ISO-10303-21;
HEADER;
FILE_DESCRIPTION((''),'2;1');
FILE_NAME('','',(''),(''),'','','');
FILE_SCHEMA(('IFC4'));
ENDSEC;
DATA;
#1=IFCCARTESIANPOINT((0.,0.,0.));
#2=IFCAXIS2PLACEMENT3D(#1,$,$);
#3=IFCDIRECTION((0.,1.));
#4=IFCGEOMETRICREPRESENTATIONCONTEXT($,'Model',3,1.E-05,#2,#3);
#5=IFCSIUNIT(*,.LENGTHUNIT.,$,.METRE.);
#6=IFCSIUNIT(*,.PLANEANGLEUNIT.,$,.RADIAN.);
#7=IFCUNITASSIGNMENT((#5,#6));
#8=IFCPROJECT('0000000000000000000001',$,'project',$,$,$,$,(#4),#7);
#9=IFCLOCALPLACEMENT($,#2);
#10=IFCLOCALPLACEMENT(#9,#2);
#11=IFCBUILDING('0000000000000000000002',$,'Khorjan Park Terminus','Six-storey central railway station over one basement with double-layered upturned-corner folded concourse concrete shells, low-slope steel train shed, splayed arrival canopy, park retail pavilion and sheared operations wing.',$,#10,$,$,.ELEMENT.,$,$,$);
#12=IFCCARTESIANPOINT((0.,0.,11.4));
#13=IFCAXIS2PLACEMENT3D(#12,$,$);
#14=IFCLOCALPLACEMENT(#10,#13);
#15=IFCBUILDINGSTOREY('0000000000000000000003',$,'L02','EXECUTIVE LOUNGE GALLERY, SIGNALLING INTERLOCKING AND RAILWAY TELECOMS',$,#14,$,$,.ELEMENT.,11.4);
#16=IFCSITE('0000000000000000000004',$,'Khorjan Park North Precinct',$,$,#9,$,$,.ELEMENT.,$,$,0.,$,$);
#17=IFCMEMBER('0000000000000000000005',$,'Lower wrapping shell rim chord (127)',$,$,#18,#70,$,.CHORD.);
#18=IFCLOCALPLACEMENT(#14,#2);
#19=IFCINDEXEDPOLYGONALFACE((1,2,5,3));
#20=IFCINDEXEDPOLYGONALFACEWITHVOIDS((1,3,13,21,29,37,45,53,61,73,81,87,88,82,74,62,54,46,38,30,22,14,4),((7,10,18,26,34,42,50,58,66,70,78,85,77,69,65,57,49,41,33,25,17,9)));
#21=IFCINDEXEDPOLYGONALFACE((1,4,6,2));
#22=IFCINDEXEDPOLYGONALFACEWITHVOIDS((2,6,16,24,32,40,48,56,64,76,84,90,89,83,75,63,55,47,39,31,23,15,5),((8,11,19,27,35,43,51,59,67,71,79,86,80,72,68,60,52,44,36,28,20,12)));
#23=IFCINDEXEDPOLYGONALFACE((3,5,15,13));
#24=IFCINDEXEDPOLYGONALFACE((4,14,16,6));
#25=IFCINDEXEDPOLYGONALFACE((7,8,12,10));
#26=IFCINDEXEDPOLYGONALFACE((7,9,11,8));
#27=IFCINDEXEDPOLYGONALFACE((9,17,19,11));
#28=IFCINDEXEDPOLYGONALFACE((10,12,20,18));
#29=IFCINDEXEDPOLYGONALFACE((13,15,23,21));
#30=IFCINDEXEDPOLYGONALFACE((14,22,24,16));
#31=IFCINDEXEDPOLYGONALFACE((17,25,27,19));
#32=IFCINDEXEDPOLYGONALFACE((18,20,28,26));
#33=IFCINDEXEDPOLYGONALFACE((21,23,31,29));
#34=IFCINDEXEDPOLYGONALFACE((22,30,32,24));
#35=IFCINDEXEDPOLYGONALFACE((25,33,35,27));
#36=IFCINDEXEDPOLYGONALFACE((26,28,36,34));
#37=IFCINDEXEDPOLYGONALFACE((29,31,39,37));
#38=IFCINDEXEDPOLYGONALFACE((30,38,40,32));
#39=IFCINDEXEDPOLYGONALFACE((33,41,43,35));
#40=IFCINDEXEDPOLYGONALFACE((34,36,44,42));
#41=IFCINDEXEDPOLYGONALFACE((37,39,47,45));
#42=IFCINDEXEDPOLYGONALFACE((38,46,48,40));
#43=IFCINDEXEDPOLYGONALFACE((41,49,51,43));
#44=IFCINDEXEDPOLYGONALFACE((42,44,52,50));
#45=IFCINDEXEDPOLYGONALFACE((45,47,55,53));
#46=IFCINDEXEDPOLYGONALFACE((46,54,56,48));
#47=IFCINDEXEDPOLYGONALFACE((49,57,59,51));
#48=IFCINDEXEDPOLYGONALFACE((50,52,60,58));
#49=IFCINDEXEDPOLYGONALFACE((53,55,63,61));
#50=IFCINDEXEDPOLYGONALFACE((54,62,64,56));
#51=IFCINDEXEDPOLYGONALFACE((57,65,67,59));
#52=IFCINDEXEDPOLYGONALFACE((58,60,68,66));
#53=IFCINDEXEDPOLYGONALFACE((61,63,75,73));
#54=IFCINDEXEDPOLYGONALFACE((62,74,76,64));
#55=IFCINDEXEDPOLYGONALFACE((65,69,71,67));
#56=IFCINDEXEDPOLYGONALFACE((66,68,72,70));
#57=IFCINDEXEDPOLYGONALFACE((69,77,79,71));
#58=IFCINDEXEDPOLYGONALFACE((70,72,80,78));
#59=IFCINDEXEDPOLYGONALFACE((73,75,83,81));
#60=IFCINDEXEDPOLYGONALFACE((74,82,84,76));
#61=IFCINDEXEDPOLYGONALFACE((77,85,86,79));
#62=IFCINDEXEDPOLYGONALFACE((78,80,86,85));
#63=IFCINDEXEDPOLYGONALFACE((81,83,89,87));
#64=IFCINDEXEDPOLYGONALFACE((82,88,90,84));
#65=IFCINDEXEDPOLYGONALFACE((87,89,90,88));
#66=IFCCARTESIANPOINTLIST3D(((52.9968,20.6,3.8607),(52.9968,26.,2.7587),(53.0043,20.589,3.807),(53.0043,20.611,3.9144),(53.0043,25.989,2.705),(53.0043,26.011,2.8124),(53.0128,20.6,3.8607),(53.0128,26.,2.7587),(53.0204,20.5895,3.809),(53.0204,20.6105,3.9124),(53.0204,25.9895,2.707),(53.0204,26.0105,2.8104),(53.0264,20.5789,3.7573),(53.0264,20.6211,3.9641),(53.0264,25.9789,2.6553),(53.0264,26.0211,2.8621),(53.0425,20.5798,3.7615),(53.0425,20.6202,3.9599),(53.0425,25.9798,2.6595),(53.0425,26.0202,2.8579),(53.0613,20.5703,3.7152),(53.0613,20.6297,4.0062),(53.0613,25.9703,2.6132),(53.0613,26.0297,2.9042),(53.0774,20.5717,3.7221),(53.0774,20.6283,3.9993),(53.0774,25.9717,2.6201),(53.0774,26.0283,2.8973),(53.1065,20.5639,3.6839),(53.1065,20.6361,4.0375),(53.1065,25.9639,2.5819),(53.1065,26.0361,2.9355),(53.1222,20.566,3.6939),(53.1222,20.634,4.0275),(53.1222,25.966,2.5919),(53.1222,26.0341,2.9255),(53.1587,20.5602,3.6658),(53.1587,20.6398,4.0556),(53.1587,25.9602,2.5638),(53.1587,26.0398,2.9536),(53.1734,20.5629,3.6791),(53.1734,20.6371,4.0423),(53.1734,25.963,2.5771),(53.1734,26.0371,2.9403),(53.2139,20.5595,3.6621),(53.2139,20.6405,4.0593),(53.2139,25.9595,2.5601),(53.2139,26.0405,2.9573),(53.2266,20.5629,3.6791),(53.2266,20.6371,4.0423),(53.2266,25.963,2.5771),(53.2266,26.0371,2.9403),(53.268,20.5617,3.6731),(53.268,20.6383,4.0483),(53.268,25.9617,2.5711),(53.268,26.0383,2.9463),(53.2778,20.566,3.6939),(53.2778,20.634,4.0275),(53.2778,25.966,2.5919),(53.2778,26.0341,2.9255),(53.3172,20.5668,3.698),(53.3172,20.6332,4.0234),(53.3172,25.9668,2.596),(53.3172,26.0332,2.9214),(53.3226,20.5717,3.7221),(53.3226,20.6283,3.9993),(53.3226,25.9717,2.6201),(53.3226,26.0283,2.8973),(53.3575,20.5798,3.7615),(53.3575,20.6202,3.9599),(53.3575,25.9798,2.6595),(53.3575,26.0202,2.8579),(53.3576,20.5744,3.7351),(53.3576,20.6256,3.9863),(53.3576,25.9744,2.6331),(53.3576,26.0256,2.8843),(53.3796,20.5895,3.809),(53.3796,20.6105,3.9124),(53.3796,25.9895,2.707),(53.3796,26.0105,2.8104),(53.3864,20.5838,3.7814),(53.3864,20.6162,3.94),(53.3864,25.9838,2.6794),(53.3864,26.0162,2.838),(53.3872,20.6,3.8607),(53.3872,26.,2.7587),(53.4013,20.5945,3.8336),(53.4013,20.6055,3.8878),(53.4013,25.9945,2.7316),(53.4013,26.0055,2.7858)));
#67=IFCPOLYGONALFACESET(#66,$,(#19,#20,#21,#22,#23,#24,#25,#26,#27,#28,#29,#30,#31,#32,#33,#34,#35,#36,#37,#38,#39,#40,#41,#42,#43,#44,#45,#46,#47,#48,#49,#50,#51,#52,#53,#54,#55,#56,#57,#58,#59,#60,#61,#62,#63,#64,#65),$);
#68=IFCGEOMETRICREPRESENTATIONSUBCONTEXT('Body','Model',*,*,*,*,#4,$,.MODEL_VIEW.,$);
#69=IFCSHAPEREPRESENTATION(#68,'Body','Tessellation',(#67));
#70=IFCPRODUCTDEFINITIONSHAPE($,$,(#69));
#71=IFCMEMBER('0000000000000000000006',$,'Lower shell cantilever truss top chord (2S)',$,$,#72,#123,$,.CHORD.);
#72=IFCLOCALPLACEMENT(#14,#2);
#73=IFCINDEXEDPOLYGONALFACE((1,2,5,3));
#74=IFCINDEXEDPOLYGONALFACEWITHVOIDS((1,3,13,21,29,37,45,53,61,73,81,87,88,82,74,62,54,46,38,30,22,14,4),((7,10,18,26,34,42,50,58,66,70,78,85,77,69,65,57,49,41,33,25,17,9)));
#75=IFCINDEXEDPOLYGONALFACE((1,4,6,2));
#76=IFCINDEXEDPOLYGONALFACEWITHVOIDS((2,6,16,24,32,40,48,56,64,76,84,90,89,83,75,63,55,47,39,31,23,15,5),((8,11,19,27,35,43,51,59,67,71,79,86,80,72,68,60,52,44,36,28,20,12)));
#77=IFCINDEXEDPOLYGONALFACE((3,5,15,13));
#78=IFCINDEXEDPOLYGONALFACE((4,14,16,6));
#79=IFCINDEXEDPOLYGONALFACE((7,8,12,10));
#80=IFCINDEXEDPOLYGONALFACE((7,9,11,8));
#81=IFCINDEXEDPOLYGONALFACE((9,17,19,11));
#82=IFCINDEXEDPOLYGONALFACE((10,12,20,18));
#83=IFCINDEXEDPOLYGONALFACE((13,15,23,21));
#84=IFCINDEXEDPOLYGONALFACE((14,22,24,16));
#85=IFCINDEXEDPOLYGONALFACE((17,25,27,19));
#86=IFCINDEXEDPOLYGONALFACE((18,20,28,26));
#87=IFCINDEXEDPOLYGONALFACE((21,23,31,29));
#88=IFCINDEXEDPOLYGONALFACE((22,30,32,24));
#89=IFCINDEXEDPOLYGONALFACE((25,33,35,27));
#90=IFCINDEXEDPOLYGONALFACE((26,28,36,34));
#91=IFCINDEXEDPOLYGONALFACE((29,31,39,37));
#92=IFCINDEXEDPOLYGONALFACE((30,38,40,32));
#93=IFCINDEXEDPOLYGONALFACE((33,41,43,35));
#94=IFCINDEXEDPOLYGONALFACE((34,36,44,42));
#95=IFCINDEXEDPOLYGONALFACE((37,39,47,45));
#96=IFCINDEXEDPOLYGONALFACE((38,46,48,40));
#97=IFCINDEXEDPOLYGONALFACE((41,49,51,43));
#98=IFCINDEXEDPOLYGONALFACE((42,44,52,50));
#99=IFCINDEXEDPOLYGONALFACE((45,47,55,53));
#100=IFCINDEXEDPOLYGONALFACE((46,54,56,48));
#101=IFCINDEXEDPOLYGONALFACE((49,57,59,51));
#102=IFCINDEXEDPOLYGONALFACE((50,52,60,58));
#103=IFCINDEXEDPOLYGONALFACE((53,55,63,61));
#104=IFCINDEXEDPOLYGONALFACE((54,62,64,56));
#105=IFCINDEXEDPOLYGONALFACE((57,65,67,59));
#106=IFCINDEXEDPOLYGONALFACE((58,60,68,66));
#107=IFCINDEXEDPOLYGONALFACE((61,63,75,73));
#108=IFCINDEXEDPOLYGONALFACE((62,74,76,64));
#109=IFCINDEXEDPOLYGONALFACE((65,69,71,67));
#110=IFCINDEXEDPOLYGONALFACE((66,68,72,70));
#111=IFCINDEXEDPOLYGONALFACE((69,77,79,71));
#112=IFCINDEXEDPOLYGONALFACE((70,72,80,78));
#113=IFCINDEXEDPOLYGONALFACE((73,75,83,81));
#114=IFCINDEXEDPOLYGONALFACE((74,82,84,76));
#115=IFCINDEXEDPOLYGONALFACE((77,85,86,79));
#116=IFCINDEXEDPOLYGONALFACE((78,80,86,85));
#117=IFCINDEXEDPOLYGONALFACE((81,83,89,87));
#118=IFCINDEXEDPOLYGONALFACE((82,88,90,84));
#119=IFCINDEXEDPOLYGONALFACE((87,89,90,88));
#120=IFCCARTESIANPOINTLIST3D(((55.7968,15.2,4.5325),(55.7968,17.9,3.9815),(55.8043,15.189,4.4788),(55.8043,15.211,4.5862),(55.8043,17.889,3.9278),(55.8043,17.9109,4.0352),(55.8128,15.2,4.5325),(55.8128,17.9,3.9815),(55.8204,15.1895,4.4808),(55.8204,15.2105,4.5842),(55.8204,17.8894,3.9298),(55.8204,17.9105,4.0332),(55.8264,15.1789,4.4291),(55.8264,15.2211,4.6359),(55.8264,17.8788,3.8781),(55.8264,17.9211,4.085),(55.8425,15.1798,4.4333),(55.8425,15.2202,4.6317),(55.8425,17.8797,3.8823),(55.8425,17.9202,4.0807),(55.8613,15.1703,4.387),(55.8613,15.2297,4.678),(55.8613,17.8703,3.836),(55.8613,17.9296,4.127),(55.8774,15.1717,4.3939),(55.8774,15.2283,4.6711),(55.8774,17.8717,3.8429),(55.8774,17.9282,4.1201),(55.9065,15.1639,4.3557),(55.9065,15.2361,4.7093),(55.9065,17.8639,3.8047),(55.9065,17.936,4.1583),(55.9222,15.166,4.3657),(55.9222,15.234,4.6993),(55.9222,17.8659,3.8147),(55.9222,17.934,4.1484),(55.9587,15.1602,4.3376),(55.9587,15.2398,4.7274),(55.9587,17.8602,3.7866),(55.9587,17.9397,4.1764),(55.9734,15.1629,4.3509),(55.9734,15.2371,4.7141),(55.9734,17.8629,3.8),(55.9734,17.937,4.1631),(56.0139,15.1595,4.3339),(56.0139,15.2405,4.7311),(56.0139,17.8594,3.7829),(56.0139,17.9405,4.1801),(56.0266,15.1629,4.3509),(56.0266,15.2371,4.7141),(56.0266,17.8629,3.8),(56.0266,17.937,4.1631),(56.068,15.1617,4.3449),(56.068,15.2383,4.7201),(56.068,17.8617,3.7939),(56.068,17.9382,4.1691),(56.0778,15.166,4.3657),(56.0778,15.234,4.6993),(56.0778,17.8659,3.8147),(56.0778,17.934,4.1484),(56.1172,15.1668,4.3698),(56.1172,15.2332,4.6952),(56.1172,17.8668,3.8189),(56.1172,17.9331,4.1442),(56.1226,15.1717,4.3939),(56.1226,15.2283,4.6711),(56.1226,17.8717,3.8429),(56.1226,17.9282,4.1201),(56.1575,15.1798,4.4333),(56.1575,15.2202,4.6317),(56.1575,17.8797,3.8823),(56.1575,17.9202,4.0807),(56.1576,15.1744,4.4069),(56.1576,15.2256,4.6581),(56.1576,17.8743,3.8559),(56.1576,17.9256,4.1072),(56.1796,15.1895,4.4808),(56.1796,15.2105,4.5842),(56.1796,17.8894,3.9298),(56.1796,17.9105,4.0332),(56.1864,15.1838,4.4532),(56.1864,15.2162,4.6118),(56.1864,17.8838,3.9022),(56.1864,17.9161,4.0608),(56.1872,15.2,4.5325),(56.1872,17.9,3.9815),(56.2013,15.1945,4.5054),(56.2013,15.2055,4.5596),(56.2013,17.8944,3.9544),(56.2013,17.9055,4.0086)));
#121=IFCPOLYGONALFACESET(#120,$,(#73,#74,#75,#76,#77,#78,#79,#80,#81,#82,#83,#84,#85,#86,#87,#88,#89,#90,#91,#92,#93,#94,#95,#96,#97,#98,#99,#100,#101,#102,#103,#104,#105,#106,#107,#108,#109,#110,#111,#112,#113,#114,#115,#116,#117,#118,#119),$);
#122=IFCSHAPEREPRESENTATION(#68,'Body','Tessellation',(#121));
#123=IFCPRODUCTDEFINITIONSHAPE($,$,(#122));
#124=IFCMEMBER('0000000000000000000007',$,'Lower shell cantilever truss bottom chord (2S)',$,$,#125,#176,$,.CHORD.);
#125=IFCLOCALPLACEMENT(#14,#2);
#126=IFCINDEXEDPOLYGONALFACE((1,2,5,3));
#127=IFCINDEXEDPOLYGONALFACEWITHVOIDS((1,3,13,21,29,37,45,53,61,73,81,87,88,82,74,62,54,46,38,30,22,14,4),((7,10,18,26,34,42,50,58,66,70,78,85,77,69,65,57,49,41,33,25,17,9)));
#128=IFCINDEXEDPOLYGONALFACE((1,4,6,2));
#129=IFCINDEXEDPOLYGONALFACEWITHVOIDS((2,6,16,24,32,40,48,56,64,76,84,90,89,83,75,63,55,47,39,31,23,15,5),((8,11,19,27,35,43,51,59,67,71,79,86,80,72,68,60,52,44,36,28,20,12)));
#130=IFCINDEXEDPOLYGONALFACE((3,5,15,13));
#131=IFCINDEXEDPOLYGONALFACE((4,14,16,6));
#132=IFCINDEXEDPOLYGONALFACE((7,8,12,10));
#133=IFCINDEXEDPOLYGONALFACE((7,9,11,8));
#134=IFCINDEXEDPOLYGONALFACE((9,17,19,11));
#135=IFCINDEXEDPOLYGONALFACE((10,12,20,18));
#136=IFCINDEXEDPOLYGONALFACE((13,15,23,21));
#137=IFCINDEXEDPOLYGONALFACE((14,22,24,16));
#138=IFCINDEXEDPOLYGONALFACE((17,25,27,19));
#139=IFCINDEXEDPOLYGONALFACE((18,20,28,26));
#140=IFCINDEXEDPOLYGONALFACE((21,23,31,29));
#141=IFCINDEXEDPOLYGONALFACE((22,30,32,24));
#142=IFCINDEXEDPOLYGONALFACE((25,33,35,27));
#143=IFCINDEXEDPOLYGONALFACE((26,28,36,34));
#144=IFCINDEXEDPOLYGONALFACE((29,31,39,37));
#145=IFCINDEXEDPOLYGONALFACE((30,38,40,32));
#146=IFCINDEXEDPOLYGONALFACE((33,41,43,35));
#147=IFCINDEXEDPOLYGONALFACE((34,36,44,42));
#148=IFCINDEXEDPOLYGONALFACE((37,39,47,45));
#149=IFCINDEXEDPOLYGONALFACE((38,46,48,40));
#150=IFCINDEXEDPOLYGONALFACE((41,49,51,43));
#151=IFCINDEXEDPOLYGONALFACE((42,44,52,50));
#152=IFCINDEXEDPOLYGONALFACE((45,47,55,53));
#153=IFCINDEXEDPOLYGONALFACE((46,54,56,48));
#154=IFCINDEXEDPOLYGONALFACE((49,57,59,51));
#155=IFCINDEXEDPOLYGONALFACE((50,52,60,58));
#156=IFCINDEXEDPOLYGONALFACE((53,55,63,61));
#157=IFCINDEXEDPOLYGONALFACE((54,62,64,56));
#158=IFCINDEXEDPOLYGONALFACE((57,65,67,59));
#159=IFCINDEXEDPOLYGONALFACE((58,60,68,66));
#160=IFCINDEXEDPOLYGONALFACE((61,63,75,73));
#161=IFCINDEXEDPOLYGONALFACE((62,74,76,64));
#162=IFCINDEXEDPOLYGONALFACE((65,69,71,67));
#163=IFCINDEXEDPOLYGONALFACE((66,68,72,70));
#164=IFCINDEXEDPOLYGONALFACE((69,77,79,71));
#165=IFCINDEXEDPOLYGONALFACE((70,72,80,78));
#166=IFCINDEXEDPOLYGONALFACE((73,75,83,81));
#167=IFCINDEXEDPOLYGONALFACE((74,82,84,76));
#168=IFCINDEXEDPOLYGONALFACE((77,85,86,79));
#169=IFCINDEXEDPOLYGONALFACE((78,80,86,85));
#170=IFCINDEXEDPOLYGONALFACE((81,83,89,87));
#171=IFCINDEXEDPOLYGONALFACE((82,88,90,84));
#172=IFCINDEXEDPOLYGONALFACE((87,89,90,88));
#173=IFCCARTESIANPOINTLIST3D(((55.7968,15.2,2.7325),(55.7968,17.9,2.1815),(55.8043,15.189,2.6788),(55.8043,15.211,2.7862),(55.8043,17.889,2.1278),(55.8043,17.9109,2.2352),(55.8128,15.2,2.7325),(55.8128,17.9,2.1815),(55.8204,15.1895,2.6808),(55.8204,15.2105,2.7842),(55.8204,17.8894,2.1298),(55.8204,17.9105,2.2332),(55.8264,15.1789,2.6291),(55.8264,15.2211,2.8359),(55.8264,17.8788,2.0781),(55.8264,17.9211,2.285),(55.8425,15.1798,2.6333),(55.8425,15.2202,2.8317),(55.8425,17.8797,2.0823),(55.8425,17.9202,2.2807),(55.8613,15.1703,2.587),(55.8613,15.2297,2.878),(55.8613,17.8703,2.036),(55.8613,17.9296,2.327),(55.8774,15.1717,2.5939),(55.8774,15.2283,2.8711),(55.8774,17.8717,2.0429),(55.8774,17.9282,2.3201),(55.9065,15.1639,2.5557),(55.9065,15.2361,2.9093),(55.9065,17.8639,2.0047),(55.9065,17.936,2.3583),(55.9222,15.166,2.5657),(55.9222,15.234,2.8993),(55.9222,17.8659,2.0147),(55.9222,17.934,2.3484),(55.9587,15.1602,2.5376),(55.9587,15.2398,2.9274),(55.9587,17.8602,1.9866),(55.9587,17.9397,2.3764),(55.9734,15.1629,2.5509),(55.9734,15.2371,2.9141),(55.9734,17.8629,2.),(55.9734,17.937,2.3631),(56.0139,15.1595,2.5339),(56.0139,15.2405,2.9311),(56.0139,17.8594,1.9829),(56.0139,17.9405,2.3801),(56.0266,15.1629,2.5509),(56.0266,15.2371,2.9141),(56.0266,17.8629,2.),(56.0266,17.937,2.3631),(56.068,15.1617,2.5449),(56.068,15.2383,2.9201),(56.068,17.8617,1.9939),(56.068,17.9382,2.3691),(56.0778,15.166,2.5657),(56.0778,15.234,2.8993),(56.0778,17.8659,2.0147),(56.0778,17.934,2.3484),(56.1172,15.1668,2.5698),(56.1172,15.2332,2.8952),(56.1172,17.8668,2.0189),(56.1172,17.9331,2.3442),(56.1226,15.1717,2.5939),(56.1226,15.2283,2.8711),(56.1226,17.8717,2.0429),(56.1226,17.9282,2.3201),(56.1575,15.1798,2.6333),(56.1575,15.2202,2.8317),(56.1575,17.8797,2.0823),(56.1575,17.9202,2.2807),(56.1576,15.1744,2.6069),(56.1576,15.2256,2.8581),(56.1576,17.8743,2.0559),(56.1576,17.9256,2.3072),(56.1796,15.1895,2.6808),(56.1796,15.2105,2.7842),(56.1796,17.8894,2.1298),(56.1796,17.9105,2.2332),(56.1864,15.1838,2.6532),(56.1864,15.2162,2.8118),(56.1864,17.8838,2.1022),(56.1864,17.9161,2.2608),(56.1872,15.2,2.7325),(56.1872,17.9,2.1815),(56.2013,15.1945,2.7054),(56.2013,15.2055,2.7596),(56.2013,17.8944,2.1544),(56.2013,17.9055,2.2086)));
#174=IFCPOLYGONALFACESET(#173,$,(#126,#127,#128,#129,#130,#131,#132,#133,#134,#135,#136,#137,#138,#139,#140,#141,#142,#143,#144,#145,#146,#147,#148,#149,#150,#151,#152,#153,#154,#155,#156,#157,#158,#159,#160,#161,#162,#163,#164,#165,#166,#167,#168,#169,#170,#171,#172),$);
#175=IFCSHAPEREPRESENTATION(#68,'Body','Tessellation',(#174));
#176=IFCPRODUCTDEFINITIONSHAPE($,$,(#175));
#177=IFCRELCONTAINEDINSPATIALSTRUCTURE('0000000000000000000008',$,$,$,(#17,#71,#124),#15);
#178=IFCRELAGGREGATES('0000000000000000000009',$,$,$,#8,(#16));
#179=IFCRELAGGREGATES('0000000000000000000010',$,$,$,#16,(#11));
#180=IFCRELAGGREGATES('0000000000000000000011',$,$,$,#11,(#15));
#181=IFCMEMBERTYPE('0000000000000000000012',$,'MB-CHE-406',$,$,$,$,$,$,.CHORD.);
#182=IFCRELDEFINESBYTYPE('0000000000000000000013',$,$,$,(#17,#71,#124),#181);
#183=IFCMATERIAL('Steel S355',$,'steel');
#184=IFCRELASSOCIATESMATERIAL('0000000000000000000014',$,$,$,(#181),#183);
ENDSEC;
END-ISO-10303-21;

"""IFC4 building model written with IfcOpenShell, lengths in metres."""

from ifc_helpers import new_model, si_unit, direction, frame, origin, origin_2d, place, context, subcontext, project, spatial, hollow_circle, extrude, material, material_profile, profile_set, type_object, element, save


model = new_model("IFC4")

# Units and contexts
model_context = context("Model", 3, precision=1e-05, world=origin(), true_north=direction((0.0, 1.0)))
body_context = subcontext(model_context, "Body", "Model", "MODEL_VIEW")
ifc_project = project(units=[si_unit("LENGTHUNIT", "METRE"), si_unit("PLANEANGLEUNIT", "RADIAN")], contexts=[model_context])

# Site, building, storey
site_placement = place(None, origin())
site = spatial("IfcSite", under=ifc_project, at=site_placement, Name="Khorjan Park North Precinct", CompositionType="ELEMENT", RefElevation=0.0)
building_placement = place(site_placement, origin())
building = spatial("IfcBuilding", under=site, at=building_placement, Name="Khorjan Park Terminus", Description="Six-storey central railway station over one basement with double-layered upturned-corner folded concourse concrete shells, low-slope steel train shed, splayed arrival canopy, park retail pavilion and sheared operations wing.", CompositionType="ELEMENT")
storey_placement = place(building_placement, frame((0.0, 0.0, 11.4)))
storey = spatial("IfcBuildingStorey", under=building, at=storey_placement, Name="L02", Description="EXECUTIVE LOUNGE GALLERY, SIGNALLING INTERLOCKING AND RAILWAY TELECOMS", CompositionType="ELEMENT", Elevation=11.4)

# Members
ifc_material_1 = material(Name="Steel S355", Category="steel")
ifc_material_profile_1 = material_profile(ifc_material_1, hollow_circle(Radius=0.2032, WallThickness=0.016, at=origin_2d()), Name="CHS 406.4x16")
ifc_profile_set_1 = profile_set([ifc_material_profile_1], Name="Steel S355")
member_type_1 = type_object("IfcMemberType", Name="MB-CHE-406", PredefinedType="CHORD", material=ifc_profile_set_1)
member_1_placement = place(storey_placement, frame((53.2, 20.6, 3.8607), z_axis=(0.0, 0.979806, -0.199953), x_axis=(-1.0, 0.0, 0.0)))
element("IfcMember", 1, at=member_1_placement, inside=storey, type_object=member_type_1, Name="Lower wrapping shell rim chord (127)", PredefinedType="CHORD", context=body_context, shape_type="SweptSolid", body=[
    extrude(hollow_circle(Radius=0.2032, WallThickness=0.016, at=origin_2d()), origin(), (0.0, 0.0, 1.0), 5.5113),
])
for number, where, z_axis, x_axis, name in (
    (2, (56.0, 15.2, 4.5325), (0.0, 0.979806, -0.199953), (-1.0, 0.0, 0.0), "Lower shell cantilever truss top chord (2S)"),
    (3, (56.0, 15.2, 2.7325), (0.0, 0.979806, -0.199953), (-1.0, 0.0, 0.0), "Lower shell cantilever truss bottom chord (2S)"),
):
    element("IfcMember", number, at=place(storey_placement, frame(where, z_axis=z_axis, x_axis=x_axis)), inside=storey, type_object=member_type_1, Name=name, PredefinedType="CHORD", context=body_context, shape_type="SweptSolid", body=[
        extrude(hollow_circle(Radius=0.2032, WallThickness=0.016, at=origin_2d()), origin(), (0.0, 0.0, 1.0), 2.7556),
    ])

save(model, "model.ifc")
